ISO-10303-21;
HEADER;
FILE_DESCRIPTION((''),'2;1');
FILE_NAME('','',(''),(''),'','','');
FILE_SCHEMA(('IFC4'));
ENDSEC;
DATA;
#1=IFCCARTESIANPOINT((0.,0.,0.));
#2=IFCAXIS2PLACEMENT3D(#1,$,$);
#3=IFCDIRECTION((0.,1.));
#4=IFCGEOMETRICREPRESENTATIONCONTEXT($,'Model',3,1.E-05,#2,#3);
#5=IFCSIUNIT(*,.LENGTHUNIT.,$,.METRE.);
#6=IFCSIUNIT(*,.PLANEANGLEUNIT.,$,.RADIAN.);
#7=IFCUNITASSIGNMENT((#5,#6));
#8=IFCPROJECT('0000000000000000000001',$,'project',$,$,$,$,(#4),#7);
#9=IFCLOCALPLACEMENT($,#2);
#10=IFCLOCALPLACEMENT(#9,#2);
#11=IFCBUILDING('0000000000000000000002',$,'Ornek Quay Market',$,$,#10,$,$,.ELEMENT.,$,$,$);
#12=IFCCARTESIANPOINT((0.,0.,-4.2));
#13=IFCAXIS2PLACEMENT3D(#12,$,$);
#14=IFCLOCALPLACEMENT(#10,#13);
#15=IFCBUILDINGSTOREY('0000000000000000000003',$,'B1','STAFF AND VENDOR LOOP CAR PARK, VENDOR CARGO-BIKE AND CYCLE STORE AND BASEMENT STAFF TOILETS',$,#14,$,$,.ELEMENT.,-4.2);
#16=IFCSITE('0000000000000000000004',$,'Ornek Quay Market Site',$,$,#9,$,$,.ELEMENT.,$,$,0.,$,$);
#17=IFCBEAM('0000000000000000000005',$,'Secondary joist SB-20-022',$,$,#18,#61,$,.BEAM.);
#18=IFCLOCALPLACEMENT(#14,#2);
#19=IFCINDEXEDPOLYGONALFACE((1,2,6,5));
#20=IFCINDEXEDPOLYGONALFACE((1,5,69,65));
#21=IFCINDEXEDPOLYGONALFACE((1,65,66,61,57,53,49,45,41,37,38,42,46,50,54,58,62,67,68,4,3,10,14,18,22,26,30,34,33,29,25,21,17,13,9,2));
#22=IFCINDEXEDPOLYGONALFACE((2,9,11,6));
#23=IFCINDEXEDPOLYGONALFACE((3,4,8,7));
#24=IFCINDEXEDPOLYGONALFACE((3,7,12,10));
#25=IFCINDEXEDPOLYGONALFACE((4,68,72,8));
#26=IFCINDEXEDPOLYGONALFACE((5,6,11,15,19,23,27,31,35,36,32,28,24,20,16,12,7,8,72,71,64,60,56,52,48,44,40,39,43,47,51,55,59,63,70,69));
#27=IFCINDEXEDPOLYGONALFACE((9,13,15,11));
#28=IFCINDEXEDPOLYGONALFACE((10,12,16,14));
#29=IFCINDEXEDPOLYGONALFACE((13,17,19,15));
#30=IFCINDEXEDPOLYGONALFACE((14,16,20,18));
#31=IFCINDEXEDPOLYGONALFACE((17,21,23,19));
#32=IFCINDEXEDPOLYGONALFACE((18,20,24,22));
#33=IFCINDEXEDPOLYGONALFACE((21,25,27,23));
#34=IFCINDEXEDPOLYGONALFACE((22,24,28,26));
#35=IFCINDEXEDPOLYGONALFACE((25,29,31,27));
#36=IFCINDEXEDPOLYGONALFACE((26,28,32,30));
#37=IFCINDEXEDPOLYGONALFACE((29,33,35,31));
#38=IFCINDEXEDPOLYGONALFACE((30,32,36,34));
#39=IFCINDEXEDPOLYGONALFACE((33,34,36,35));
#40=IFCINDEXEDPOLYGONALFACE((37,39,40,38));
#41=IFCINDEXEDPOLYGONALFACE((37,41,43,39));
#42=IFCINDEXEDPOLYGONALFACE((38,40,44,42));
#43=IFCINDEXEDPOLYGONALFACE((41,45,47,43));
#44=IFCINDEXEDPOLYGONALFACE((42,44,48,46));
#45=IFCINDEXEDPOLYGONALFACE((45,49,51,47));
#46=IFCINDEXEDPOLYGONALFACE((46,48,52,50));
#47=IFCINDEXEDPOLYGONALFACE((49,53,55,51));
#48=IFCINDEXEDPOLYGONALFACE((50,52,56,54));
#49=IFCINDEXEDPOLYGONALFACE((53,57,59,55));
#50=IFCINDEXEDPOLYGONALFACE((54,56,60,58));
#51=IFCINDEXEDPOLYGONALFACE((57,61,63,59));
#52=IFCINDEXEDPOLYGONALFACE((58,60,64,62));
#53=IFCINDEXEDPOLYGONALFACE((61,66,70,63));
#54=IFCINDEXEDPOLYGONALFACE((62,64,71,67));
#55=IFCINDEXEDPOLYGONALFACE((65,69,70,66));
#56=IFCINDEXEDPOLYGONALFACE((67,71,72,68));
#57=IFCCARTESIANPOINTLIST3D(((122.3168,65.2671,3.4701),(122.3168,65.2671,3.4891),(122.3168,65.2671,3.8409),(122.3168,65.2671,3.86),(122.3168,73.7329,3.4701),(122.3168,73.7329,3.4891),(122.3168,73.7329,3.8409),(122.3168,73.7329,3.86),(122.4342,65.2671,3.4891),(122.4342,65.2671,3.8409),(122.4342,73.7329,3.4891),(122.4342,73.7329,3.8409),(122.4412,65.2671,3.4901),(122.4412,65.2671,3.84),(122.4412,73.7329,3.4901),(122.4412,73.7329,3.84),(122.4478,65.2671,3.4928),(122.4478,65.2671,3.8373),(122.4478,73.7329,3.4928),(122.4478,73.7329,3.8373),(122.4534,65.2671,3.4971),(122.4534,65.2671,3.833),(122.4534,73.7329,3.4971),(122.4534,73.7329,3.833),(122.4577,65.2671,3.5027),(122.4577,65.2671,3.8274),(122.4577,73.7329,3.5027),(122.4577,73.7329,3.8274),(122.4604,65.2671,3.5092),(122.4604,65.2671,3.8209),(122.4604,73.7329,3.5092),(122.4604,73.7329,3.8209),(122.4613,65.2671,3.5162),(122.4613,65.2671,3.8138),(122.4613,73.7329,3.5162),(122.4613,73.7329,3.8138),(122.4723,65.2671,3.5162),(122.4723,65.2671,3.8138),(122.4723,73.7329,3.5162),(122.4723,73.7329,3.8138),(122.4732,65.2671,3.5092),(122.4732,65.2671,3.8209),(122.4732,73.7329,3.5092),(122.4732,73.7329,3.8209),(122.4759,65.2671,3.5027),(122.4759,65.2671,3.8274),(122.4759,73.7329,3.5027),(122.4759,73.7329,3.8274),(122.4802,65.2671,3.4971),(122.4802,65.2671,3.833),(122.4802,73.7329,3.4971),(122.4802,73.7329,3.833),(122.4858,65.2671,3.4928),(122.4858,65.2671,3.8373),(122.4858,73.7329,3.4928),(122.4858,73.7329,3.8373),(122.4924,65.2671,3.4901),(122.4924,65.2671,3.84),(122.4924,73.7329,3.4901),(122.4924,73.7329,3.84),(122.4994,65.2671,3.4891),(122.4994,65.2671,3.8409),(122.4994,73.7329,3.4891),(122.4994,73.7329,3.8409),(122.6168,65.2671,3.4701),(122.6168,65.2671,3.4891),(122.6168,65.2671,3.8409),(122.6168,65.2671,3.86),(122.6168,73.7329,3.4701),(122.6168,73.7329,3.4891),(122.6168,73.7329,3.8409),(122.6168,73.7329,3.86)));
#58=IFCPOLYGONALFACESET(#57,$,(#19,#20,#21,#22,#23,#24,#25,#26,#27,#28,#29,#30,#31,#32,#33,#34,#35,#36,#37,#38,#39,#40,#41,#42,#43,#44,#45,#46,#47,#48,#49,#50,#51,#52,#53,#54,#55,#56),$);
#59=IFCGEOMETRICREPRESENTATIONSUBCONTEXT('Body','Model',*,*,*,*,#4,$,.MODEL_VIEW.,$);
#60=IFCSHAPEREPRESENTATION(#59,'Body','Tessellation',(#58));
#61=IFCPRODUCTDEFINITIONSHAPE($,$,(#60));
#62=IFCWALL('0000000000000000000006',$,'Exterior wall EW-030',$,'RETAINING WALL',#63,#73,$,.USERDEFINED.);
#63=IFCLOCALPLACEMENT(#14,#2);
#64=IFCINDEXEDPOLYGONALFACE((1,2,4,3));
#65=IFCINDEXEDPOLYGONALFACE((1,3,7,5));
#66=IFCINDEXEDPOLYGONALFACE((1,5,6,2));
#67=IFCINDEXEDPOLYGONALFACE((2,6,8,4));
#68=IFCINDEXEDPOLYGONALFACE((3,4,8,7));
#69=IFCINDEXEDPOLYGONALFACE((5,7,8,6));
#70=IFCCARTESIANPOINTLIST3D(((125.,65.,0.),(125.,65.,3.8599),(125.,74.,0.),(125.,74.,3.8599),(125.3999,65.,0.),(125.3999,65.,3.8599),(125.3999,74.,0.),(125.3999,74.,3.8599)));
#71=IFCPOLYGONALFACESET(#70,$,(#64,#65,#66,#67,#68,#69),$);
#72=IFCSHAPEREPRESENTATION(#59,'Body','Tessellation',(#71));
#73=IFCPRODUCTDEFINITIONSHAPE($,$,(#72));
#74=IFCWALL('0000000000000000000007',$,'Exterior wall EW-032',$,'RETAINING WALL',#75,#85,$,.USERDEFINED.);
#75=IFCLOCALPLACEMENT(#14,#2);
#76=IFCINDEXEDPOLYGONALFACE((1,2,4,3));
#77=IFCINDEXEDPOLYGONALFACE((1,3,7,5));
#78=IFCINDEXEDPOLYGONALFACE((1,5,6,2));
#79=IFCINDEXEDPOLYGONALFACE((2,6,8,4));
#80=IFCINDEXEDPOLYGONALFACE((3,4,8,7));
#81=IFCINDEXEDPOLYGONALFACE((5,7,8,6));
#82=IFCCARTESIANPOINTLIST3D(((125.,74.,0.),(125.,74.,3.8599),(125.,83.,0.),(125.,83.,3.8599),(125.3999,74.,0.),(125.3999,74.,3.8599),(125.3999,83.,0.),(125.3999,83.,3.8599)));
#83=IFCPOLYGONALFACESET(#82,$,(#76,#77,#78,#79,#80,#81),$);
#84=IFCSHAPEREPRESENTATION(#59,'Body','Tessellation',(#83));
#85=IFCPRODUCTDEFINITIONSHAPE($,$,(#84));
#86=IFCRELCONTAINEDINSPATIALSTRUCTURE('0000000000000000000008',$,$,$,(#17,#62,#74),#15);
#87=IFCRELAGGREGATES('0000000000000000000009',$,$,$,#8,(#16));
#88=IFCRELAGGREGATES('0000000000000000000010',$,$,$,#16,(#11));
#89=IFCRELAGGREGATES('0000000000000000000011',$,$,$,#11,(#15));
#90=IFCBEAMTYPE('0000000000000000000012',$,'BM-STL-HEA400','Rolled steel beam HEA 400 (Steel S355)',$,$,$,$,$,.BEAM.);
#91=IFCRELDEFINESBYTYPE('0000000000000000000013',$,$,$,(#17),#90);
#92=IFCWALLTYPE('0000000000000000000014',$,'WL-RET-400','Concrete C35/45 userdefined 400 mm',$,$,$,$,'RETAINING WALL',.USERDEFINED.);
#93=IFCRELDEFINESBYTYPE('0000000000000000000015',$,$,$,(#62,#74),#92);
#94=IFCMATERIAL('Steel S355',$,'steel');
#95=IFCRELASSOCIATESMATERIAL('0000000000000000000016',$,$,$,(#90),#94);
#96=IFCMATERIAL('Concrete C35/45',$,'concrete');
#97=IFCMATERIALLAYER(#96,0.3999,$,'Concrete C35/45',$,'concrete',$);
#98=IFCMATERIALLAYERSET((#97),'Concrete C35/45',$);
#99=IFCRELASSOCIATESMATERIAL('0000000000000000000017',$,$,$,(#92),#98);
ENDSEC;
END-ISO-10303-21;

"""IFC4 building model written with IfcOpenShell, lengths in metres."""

from ifc_helpers import new_model, si_unit, direction, frame, frame_2d, origin, origin_2d, place, context, subcontext, project, spatial, rectangle, i_section, extrude, material, layer, layer_set, material_profile, profile_set, type_object, element, save


model = new_model("IFC4")

# Units and contexts
model_context = context("Model", 3, precision=1e-05, world=origin(), true_north=direction((0.0, 1.0)))
body_context = subcontext(model_context, "Body", "Model", "MODEL_VIEW")
ifc_project = project(units=[si_unit("LENGTHUNIT", "METRE"), si_unit("PLANEANGLEUNIT", "RADIAN")], contexts=[model_context])

# Site, building, storey
site_placement = place(None, origin())
site = spatial("IfcSite", under=ifc_project, at=site_placement, Name="Ornek Quay Market Site", CompositionType="ELEMENT", RefElevation=0.0)
building_placement = place(site_placement, origin())
building = spatial("IfcBuilding", under=site, at=building_placement, Name="Ornek Quay Market", CompositionType="ELEMENT")
storey_placement = place(building_placement, frame((0.0, 0.0, -4.2)))
storey = spatial("IfcBuildingStorey", under=building, at=storey_placement, Name="B1", Description="STAFF AND VENDOR LOOP CAR PARK, VENDOR CARGO-BIKE AND CYCLE STORE AND BASEMENT STAFF TOILETS", CompositionType="ELEMENT", Elevation=-4.2)

# Shared definitions
ifc_material_1 = material(Name="Concrete C35/45", Category="concrete")

# Beam
ifc_material_2 = material(Name="Steel S355", Category="steel")
ifc_material_profile_1 = material_profile(ifc_material_2, i_section(OverallWidth=0.3, OverallDepth=0.3899, WebThickness=0.011, FlangeThickness=0.019, FilletRadius=0.0271, at=origin_2d()), Name="HEA 400", Category="steel")
ifc_profile_set_1 = profile_set([ifc_material_profile_1], Name="Steel S355")
beam_type_1 = type_object("IfcBeamType", Name="BM-STL-HEA400", Description="Rolled steel beam HEA 400 (Steel S355)", PredefinedType="BEAM", material=ifc_profile_set_1)
for number, where, z_axis, x_axis, name in (
    (1, (122.4668, 65.2671, 3.665), (0.0, 1.0, 0.0), (-1.0, 0.0, 0.0), "Secondary joist SB-20-022"),
):
    element("IfcBeam", number, at=place(storey_placement, frame(where, z_axis=z_axis, x_axis=x_axis)), inside=storey, type_object=beam_type_1, Name=name, PredefinedType="BEAM", context=body_context, shape_type="SweptSolid", body=[
        extrude(i_section(OverallWidth=0.3, OverallDepth=0.3899, WebThickness=0.011, FlangeThickness=0.019, FilletRadius=0.0271, at=origin_2d()), origin(), (0.0, 0.0, 1.0), 8.4658),
    ])

# Walls
ifc_layer = layer(ifc_material_1, 0.3999, Name="Concrete C35/45", Category="concrete")
ifc_layer_set = layer_set([ifc_layer], Name="Concrete C35/45")
wall_type = type_object("IfcWallType", Name="WL-RET-400", Description="Concrete C35/45 userdefined 400 mm", ElementType="RETAINING WALL", PredefinedType="USERDEFINED", material=ifc_layer_set)
for number, where, z_axis, x_axis, name in (
    (2, (125.2, 65.0, 0.0), (0.0, 0.0, 1.0), (0.0, 1.0, 0.0), "Exterior wall EW-030"),
    (3, (125.2, 74.0, 0.0), (0.0, 0.0, 1.0), (0.0, 1.0, 0.0), "Exterior wall EW-032"),
):
    element("IfcWall", number, at=place(storey_placement, frame(where, z_axis=z_axis, x_axis=x_axis)), inside=storey, type_object=wall_type, Name=name, ObjectType="RETAINING WALL", PredefinedType="USERDEFINED", context=body_context, shape_type="SweptSolid", body=[
        extrude(rectangle(XDim=9.0, YDim=0.3999, at=frame_2d((4.5, 0.0))), origin(), (0.0, 0.0, 1.0), 3.8599),
    ])

save(model, "model.ifc")
